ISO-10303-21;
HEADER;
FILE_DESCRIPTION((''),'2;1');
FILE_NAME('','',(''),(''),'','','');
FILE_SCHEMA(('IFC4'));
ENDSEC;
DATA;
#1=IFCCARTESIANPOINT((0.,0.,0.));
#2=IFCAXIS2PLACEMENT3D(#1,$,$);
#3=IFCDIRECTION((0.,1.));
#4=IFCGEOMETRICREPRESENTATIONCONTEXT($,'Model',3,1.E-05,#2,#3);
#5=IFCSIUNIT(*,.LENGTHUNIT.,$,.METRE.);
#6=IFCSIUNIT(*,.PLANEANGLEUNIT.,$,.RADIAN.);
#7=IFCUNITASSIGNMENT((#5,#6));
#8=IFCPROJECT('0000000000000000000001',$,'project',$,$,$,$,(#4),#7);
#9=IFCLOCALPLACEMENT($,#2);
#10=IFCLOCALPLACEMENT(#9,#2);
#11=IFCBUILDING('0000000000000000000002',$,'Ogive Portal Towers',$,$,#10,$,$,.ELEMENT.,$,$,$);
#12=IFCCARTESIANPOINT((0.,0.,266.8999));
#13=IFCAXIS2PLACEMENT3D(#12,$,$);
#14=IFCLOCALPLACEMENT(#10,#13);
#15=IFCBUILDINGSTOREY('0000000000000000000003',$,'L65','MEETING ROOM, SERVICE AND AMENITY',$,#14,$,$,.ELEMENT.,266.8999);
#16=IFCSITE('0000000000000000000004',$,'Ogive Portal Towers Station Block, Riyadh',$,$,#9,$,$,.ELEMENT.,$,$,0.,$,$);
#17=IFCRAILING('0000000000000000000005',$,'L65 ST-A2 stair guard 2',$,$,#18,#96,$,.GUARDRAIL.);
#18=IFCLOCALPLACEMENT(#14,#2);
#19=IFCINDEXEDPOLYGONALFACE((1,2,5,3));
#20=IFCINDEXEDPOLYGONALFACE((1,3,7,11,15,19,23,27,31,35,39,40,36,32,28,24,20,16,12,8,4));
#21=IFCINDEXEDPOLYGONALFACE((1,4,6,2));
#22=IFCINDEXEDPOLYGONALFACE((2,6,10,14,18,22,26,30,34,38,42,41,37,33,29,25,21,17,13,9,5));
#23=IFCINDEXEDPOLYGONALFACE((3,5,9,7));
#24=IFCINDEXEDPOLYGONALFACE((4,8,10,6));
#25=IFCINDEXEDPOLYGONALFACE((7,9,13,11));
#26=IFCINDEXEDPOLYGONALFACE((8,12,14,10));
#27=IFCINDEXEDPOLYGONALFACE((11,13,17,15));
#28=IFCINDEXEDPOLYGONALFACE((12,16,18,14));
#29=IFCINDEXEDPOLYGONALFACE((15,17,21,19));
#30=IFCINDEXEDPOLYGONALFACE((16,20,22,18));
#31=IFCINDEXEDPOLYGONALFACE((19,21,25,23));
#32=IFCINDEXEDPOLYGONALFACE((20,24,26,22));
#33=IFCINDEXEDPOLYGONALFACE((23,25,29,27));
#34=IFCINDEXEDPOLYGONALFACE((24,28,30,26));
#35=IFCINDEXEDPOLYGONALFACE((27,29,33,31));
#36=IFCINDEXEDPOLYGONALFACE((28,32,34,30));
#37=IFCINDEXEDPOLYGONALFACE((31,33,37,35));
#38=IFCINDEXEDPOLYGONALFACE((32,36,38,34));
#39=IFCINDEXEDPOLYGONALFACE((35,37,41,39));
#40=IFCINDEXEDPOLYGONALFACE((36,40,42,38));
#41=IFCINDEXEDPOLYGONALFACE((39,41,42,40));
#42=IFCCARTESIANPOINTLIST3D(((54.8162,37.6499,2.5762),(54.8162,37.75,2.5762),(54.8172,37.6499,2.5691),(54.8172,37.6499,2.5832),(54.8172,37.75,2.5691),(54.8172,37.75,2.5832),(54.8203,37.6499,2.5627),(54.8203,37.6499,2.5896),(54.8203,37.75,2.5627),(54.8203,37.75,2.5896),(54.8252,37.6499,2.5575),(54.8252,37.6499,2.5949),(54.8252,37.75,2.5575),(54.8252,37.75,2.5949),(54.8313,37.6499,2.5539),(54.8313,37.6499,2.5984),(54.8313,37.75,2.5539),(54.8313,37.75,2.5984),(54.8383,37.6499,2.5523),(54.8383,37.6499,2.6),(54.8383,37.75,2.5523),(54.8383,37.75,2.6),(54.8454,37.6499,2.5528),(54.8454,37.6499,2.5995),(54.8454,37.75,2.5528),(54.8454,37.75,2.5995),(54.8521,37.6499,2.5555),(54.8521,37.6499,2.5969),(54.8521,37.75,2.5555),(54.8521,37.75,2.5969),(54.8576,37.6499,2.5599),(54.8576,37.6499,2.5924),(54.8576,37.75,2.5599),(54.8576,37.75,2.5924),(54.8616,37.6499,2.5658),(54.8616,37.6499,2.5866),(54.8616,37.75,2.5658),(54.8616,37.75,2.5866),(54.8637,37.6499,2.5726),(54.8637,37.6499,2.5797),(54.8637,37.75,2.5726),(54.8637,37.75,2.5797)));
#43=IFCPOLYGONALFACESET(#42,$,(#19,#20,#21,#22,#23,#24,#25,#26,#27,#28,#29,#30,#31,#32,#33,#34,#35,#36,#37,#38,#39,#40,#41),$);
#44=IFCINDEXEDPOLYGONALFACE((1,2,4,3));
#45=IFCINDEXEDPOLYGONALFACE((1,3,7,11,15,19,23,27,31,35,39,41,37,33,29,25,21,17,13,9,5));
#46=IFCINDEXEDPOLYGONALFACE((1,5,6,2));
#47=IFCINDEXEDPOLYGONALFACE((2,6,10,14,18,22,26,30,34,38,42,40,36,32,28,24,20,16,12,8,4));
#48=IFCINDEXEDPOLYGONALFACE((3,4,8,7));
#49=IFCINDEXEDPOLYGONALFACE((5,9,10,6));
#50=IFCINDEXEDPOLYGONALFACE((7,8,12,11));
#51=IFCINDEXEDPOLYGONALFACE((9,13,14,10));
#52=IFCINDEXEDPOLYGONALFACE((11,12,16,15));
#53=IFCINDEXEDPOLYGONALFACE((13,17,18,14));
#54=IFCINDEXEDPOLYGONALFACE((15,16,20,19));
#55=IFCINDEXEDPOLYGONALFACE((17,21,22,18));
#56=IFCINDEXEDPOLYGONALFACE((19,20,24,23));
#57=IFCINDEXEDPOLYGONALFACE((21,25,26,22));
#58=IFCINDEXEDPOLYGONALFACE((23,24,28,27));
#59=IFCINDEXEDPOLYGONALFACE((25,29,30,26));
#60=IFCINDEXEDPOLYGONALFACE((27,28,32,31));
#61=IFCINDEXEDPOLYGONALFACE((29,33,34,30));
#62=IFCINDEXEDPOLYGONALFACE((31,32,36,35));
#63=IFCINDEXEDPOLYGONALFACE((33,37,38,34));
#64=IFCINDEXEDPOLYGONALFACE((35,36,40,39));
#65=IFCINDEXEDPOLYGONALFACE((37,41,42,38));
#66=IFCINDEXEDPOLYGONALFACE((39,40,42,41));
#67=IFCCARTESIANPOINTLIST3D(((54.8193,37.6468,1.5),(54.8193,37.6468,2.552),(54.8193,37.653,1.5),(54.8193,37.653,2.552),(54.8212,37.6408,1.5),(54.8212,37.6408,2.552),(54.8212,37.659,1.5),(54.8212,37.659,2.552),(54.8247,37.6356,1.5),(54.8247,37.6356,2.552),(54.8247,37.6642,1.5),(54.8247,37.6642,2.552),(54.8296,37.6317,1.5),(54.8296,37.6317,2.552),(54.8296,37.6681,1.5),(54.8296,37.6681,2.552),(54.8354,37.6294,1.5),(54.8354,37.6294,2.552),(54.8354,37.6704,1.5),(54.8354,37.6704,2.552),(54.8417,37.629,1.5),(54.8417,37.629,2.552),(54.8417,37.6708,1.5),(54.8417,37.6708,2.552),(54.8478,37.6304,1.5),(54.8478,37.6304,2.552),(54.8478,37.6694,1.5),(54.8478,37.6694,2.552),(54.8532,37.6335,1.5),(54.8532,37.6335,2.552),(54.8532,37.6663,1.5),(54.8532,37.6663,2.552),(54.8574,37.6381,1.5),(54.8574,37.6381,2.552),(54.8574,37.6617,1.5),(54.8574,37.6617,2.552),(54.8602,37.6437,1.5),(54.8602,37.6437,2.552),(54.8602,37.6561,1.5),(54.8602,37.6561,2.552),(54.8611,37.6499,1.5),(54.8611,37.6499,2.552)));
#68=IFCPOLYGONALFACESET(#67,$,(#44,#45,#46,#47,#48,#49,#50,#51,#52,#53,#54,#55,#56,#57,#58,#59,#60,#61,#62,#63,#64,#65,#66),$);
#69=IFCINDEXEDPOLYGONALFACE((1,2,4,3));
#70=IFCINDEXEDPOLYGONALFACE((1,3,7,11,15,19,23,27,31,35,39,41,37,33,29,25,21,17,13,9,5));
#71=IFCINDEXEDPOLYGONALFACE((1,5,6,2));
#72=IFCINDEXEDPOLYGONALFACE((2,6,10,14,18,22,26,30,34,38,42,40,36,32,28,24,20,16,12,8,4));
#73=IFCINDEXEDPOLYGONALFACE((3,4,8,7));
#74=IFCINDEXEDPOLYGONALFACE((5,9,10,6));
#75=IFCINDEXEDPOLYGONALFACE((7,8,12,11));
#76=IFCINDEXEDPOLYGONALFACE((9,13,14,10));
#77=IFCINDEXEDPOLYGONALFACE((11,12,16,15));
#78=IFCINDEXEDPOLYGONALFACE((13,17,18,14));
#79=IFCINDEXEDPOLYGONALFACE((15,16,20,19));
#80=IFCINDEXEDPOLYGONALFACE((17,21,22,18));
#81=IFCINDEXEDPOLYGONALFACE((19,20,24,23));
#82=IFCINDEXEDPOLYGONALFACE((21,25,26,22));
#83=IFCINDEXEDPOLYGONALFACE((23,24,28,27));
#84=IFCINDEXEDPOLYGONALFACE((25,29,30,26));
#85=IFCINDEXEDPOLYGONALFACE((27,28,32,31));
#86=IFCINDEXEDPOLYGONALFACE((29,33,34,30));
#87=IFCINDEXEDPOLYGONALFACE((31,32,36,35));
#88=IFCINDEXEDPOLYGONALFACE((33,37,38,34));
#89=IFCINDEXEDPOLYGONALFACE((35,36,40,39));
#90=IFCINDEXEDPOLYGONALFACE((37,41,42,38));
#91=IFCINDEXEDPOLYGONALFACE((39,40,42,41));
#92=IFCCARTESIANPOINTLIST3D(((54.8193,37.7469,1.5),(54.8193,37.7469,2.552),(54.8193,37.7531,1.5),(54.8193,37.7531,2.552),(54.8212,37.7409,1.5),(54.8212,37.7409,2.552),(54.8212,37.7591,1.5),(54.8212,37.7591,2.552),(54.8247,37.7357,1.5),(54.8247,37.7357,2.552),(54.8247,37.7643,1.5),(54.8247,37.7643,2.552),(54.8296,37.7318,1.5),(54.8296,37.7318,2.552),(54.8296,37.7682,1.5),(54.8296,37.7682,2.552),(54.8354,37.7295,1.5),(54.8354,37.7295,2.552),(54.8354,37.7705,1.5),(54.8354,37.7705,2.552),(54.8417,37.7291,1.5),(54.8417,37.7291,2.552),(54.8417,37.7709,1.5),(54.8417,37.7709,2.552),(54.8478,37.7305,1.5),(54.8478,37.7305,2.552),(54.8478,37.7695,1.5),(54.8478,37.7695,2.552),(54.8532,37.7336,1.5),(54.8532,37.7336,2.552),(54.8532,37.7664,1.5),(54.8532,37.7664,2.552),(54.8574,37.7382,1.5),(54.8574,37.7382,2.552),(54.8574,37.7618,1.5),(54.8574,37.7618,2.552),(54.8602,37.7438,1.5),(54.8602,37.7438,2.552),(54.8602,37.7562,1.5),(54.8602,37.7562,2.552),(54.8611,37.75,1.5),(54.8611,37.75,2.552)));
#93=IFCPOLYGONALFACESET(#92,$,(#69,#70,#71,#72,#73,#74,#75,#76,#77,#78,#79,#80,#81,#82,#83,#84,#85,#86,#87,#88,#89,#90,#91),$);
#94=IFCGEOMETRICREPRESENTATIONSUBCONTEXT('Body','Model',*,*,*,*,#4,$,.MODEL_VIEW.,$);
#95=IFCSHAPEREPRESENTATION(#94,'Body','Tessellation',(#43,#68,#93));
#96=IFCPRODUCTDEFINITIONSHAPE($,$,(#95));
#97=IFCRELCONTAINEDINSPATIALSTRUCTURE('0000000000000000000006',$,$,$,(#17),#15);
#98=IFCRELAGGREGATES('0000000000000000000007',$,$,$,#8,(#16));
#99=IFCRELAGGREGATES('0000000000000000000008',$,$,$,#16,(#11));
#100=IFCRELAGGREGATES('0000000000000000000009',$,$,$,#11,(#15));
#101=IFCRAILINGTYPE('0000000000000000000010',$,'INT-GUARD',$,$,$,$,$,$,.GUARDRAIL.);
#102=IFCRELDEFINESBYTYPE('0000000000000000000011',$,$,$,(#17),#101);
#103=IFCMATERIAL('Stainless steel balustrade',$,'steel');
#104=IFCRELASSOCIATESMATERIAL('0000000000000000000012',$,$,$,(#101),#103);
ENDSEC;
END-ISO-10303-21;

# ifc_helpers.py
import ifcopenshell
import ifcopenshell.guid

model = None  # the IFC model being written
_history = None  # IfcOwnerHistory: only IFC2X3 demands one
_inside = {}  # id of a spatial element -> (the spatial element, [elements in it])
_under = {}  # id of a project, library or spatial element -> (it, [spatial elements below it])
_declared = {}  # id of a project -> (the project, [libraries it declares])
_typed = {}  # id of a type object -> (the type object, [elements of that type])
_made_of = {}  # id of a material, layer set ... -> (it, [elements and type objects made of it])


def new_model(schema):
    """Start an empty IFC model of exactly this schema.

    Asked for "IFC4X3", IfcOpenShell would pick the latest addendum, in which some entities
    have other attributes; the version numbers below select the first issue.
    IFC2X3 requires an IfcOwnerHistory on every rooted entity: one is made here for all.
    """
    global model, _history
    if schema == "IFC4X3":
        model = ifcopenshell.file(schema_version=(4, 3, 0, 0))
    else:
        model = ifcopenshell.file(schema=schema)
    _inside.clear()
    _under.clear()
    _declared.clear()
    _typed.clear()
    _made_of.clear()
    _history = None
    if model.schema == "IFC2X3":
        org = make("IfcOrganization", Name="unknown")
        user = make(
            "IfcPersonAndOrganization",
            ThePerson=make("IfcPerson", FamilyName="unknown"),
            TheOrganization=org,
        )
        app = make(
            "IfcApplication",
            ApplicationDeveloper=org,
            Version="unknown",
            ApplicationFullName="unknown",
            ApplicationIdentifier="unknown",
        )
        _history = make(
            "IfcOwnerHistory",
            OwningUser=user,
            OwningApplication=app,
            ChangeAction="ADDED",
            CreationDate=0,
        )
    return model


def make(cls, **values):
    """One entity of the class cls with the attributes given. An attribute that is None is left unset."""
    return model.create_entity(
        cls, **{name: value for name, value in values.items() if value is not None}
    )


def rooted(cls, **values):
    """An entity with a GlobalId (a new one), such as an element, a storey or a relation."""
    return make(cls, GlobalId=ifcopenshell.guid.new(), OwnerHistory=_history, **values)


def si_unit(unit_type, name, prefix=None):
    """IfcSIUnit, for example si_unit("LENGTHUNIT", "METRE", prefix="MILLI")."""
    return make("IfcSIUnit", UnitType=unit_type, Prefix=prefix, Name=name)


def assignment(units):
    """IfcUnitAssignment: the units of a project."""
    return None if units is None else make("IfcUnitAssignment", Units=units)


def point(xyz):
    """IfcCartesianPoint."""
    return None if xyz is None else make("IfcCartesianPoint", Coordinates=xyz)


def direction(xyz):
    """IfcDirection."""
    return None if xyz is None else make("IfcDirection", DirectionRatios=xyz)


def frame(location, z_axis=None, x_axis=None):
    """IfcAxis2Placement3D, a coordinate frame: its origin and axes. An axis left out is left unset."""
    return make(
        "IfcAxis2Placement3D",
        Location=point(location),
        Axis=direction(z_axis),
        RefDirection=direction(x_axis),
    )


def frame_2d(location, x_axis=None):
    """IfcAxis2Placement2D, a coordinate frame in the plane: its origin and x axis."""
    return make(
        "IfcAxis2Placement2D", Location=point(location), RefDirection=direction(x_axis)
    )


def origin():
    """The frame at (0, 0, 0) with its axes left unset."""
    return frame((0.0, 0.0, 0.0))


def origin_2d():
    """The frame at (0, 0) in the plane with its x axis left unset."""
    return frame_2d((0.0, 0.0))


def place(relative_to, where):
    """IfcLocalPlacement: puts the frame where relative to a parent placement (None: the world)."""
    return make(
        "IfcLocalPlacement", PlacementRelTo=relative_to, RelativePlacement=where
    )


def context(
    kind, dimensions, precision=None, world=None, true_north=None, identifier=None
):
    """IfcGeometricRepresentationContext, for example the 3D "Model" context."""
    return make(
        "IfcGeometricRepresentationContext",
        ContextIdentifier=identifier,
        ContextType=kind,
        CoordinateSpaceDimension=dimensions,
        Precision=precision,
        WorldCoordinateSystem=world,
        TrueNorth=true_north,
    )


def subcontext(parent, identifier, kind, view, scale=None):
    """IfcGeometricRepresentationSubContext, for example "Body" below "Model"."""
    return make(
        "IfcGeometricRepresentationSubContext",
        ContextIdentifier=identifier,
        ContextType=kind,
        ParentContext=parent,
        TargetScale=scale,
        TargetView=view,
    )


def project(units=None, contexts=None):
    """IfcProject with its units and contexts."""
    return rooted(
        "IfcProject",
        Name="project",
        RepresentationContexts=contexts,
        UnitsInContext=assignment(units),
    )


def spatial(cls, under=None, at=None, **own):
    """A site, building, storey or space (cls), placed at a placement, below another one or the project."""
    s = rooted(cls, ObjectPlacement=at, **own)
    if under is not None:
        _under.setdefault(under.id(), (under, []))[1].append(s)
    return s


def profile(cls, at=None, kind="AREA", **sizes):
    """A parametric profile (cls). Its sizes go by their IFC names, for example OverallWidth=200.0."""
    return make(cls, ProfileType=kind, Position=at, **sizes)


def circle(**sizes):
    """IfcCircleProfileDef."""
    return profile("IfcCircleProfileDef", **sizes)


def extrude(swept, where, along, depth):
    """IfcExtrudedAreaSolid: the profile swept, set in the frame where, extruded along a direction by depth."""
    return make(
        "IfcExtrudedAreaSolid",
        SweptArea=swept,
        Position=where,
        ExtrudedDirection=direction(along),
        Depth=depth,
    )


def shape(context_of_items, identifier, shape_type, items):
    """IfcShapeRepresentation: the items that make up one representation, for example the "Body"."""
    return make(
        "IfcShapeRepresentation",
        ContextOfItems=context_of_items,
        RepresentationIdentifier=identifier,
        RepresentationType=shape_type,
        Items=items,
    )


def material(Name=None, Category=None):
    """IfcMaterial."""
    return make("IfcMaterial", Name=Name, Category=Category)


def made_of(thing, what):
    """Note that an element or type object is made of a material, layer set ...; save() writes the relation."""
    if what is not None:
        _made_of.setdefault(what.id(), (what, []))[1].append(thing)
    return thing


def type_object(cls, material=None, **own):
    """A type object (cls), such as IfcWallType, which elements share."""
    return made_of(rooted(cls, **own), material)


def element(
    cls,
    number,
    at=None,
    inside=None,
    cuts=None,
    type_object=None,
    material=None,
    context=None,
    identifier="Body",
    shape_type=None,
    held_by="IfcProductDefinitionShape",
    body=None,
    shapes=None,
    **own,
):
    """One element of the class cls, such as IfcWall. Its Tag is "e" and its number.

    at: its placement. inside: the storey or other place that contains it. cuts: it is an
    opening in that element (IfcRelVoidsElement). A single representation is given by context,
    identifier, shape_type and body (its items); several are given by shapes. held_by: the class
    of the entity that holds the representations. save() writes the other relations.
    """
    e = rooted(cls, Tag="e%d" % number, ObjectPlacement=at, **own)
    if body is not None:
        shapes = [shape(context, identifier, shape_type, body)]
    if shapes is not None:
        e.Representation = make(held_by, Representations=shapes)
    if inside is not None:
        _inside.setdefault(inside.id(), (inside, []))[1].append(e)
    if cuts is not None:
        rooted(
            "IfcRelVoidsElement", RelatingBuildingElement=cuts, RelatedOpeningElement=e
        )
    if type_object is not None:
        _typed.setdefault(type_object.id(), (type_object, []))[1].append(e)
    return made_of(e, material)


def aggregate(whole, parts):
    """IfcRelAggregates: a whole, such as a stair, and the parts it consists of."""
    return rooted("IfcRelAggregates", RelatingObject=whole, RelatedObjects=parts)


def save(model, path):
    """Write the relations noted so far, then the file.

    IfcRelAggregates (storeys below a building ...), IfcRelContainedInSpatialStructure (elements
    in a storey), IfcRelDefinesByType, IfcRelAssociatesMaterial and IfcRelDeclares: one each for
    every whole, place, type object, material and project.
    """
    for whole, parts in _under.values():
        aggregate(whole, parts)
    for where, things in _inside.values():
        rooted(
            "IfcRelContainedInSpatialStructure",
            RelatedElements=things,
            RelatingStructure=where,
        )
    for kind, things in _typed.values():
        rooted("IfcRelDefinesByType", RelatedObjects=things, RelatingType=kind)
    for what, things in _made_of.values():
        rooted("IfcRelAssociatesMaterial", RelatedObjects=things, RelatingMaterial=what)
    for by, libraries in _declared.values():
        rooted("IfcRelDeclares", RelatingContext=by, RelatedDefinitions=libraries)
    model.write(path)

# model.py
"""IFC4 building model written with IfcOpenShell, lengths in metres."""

from ifc_helpers import new_model, si_unit, direction, frame, origin, origin_2d, place, context, subcontext, project, spatial, circle, extrude, material, type_object, element, save


model = new_model("IFC4")

# Units and contexts
model_context = context("Model", 3, precision=1e-05, world=origin(), true_north=direction((0.0, 1.0)))
body_context = subcontext(model_context, "Body", "Model", "MODEL_VIEW")
ifc_project = project(units=[si_unit("LENGTHUNIT", "METRE"), si_unit("PLANEANGLEUNIT", "RADIAN")], contexts=[model_context])

# Site, building, storey
site_placement = place(None, origin())
site = spatial("IfcSite", under=ifc_project, at=site_placement, Name="Ogive Portal Towers Station Block, Riyadh", CompositionType="ELEMENT", RefElevation=0.0)
building_placement = place(site_placement, origin())
building = spatial("IfcBuilding", under=site, at=building_placement, Name="Ogive Portal Towers", CompositionType="ELEMENT")
storey_placement = place(building_placement, frame((0.0, 0.0, 266.8999)))
storey = spatial("IfcBuildingStorey", under=building, at=storey_placement, Name="L65", Description="MEETING ROOM, SERVICE AND AMENITY", CompositionType="ELEMENT", Elevation=266.8999)

# Railing
ifc_material_1 = material(Name="Stainless steel balustrade", Category="steel")
railing_type_1 = type_object("IfcRailingType", Name="INT-GUARD", PredefinedType="GUARDRAIL", material=ifc_material_1)
railing_1_placement = place(storey_placement, frame((54.8401, 37.6499, 1.5)))
element("IfcRailing", 1, at=railing_1_placement, inside=storey, type_object=railing_type_1, Name="L65 ST-A2 stair guard 2", PredefinedType="GUARDRAIL", context=body_context, shape_type="SweptSolid", body=[
    extrude(circle(Radius=0.0239, at=origin_2d()), frame((0.0, 0.0, 1.0762), z_axis=(0.0, 1.0, 0.0), x_axis=(-1.0, 0.0, 0.0)), (0.0, 0.0, 1.0), 0.1001),
    extrude(circle(Radius=0.021, at=origin_2d()), origin(), (0.0, 0.0, 1.0), 1.052),
    extrude(circle(Radius=0.021, at=origin_2d()), frame((0.0, 0.1001, 0.0)), (0.0, 0.0, 1.0), 1.052),
])

save(model, "model.ifc")
